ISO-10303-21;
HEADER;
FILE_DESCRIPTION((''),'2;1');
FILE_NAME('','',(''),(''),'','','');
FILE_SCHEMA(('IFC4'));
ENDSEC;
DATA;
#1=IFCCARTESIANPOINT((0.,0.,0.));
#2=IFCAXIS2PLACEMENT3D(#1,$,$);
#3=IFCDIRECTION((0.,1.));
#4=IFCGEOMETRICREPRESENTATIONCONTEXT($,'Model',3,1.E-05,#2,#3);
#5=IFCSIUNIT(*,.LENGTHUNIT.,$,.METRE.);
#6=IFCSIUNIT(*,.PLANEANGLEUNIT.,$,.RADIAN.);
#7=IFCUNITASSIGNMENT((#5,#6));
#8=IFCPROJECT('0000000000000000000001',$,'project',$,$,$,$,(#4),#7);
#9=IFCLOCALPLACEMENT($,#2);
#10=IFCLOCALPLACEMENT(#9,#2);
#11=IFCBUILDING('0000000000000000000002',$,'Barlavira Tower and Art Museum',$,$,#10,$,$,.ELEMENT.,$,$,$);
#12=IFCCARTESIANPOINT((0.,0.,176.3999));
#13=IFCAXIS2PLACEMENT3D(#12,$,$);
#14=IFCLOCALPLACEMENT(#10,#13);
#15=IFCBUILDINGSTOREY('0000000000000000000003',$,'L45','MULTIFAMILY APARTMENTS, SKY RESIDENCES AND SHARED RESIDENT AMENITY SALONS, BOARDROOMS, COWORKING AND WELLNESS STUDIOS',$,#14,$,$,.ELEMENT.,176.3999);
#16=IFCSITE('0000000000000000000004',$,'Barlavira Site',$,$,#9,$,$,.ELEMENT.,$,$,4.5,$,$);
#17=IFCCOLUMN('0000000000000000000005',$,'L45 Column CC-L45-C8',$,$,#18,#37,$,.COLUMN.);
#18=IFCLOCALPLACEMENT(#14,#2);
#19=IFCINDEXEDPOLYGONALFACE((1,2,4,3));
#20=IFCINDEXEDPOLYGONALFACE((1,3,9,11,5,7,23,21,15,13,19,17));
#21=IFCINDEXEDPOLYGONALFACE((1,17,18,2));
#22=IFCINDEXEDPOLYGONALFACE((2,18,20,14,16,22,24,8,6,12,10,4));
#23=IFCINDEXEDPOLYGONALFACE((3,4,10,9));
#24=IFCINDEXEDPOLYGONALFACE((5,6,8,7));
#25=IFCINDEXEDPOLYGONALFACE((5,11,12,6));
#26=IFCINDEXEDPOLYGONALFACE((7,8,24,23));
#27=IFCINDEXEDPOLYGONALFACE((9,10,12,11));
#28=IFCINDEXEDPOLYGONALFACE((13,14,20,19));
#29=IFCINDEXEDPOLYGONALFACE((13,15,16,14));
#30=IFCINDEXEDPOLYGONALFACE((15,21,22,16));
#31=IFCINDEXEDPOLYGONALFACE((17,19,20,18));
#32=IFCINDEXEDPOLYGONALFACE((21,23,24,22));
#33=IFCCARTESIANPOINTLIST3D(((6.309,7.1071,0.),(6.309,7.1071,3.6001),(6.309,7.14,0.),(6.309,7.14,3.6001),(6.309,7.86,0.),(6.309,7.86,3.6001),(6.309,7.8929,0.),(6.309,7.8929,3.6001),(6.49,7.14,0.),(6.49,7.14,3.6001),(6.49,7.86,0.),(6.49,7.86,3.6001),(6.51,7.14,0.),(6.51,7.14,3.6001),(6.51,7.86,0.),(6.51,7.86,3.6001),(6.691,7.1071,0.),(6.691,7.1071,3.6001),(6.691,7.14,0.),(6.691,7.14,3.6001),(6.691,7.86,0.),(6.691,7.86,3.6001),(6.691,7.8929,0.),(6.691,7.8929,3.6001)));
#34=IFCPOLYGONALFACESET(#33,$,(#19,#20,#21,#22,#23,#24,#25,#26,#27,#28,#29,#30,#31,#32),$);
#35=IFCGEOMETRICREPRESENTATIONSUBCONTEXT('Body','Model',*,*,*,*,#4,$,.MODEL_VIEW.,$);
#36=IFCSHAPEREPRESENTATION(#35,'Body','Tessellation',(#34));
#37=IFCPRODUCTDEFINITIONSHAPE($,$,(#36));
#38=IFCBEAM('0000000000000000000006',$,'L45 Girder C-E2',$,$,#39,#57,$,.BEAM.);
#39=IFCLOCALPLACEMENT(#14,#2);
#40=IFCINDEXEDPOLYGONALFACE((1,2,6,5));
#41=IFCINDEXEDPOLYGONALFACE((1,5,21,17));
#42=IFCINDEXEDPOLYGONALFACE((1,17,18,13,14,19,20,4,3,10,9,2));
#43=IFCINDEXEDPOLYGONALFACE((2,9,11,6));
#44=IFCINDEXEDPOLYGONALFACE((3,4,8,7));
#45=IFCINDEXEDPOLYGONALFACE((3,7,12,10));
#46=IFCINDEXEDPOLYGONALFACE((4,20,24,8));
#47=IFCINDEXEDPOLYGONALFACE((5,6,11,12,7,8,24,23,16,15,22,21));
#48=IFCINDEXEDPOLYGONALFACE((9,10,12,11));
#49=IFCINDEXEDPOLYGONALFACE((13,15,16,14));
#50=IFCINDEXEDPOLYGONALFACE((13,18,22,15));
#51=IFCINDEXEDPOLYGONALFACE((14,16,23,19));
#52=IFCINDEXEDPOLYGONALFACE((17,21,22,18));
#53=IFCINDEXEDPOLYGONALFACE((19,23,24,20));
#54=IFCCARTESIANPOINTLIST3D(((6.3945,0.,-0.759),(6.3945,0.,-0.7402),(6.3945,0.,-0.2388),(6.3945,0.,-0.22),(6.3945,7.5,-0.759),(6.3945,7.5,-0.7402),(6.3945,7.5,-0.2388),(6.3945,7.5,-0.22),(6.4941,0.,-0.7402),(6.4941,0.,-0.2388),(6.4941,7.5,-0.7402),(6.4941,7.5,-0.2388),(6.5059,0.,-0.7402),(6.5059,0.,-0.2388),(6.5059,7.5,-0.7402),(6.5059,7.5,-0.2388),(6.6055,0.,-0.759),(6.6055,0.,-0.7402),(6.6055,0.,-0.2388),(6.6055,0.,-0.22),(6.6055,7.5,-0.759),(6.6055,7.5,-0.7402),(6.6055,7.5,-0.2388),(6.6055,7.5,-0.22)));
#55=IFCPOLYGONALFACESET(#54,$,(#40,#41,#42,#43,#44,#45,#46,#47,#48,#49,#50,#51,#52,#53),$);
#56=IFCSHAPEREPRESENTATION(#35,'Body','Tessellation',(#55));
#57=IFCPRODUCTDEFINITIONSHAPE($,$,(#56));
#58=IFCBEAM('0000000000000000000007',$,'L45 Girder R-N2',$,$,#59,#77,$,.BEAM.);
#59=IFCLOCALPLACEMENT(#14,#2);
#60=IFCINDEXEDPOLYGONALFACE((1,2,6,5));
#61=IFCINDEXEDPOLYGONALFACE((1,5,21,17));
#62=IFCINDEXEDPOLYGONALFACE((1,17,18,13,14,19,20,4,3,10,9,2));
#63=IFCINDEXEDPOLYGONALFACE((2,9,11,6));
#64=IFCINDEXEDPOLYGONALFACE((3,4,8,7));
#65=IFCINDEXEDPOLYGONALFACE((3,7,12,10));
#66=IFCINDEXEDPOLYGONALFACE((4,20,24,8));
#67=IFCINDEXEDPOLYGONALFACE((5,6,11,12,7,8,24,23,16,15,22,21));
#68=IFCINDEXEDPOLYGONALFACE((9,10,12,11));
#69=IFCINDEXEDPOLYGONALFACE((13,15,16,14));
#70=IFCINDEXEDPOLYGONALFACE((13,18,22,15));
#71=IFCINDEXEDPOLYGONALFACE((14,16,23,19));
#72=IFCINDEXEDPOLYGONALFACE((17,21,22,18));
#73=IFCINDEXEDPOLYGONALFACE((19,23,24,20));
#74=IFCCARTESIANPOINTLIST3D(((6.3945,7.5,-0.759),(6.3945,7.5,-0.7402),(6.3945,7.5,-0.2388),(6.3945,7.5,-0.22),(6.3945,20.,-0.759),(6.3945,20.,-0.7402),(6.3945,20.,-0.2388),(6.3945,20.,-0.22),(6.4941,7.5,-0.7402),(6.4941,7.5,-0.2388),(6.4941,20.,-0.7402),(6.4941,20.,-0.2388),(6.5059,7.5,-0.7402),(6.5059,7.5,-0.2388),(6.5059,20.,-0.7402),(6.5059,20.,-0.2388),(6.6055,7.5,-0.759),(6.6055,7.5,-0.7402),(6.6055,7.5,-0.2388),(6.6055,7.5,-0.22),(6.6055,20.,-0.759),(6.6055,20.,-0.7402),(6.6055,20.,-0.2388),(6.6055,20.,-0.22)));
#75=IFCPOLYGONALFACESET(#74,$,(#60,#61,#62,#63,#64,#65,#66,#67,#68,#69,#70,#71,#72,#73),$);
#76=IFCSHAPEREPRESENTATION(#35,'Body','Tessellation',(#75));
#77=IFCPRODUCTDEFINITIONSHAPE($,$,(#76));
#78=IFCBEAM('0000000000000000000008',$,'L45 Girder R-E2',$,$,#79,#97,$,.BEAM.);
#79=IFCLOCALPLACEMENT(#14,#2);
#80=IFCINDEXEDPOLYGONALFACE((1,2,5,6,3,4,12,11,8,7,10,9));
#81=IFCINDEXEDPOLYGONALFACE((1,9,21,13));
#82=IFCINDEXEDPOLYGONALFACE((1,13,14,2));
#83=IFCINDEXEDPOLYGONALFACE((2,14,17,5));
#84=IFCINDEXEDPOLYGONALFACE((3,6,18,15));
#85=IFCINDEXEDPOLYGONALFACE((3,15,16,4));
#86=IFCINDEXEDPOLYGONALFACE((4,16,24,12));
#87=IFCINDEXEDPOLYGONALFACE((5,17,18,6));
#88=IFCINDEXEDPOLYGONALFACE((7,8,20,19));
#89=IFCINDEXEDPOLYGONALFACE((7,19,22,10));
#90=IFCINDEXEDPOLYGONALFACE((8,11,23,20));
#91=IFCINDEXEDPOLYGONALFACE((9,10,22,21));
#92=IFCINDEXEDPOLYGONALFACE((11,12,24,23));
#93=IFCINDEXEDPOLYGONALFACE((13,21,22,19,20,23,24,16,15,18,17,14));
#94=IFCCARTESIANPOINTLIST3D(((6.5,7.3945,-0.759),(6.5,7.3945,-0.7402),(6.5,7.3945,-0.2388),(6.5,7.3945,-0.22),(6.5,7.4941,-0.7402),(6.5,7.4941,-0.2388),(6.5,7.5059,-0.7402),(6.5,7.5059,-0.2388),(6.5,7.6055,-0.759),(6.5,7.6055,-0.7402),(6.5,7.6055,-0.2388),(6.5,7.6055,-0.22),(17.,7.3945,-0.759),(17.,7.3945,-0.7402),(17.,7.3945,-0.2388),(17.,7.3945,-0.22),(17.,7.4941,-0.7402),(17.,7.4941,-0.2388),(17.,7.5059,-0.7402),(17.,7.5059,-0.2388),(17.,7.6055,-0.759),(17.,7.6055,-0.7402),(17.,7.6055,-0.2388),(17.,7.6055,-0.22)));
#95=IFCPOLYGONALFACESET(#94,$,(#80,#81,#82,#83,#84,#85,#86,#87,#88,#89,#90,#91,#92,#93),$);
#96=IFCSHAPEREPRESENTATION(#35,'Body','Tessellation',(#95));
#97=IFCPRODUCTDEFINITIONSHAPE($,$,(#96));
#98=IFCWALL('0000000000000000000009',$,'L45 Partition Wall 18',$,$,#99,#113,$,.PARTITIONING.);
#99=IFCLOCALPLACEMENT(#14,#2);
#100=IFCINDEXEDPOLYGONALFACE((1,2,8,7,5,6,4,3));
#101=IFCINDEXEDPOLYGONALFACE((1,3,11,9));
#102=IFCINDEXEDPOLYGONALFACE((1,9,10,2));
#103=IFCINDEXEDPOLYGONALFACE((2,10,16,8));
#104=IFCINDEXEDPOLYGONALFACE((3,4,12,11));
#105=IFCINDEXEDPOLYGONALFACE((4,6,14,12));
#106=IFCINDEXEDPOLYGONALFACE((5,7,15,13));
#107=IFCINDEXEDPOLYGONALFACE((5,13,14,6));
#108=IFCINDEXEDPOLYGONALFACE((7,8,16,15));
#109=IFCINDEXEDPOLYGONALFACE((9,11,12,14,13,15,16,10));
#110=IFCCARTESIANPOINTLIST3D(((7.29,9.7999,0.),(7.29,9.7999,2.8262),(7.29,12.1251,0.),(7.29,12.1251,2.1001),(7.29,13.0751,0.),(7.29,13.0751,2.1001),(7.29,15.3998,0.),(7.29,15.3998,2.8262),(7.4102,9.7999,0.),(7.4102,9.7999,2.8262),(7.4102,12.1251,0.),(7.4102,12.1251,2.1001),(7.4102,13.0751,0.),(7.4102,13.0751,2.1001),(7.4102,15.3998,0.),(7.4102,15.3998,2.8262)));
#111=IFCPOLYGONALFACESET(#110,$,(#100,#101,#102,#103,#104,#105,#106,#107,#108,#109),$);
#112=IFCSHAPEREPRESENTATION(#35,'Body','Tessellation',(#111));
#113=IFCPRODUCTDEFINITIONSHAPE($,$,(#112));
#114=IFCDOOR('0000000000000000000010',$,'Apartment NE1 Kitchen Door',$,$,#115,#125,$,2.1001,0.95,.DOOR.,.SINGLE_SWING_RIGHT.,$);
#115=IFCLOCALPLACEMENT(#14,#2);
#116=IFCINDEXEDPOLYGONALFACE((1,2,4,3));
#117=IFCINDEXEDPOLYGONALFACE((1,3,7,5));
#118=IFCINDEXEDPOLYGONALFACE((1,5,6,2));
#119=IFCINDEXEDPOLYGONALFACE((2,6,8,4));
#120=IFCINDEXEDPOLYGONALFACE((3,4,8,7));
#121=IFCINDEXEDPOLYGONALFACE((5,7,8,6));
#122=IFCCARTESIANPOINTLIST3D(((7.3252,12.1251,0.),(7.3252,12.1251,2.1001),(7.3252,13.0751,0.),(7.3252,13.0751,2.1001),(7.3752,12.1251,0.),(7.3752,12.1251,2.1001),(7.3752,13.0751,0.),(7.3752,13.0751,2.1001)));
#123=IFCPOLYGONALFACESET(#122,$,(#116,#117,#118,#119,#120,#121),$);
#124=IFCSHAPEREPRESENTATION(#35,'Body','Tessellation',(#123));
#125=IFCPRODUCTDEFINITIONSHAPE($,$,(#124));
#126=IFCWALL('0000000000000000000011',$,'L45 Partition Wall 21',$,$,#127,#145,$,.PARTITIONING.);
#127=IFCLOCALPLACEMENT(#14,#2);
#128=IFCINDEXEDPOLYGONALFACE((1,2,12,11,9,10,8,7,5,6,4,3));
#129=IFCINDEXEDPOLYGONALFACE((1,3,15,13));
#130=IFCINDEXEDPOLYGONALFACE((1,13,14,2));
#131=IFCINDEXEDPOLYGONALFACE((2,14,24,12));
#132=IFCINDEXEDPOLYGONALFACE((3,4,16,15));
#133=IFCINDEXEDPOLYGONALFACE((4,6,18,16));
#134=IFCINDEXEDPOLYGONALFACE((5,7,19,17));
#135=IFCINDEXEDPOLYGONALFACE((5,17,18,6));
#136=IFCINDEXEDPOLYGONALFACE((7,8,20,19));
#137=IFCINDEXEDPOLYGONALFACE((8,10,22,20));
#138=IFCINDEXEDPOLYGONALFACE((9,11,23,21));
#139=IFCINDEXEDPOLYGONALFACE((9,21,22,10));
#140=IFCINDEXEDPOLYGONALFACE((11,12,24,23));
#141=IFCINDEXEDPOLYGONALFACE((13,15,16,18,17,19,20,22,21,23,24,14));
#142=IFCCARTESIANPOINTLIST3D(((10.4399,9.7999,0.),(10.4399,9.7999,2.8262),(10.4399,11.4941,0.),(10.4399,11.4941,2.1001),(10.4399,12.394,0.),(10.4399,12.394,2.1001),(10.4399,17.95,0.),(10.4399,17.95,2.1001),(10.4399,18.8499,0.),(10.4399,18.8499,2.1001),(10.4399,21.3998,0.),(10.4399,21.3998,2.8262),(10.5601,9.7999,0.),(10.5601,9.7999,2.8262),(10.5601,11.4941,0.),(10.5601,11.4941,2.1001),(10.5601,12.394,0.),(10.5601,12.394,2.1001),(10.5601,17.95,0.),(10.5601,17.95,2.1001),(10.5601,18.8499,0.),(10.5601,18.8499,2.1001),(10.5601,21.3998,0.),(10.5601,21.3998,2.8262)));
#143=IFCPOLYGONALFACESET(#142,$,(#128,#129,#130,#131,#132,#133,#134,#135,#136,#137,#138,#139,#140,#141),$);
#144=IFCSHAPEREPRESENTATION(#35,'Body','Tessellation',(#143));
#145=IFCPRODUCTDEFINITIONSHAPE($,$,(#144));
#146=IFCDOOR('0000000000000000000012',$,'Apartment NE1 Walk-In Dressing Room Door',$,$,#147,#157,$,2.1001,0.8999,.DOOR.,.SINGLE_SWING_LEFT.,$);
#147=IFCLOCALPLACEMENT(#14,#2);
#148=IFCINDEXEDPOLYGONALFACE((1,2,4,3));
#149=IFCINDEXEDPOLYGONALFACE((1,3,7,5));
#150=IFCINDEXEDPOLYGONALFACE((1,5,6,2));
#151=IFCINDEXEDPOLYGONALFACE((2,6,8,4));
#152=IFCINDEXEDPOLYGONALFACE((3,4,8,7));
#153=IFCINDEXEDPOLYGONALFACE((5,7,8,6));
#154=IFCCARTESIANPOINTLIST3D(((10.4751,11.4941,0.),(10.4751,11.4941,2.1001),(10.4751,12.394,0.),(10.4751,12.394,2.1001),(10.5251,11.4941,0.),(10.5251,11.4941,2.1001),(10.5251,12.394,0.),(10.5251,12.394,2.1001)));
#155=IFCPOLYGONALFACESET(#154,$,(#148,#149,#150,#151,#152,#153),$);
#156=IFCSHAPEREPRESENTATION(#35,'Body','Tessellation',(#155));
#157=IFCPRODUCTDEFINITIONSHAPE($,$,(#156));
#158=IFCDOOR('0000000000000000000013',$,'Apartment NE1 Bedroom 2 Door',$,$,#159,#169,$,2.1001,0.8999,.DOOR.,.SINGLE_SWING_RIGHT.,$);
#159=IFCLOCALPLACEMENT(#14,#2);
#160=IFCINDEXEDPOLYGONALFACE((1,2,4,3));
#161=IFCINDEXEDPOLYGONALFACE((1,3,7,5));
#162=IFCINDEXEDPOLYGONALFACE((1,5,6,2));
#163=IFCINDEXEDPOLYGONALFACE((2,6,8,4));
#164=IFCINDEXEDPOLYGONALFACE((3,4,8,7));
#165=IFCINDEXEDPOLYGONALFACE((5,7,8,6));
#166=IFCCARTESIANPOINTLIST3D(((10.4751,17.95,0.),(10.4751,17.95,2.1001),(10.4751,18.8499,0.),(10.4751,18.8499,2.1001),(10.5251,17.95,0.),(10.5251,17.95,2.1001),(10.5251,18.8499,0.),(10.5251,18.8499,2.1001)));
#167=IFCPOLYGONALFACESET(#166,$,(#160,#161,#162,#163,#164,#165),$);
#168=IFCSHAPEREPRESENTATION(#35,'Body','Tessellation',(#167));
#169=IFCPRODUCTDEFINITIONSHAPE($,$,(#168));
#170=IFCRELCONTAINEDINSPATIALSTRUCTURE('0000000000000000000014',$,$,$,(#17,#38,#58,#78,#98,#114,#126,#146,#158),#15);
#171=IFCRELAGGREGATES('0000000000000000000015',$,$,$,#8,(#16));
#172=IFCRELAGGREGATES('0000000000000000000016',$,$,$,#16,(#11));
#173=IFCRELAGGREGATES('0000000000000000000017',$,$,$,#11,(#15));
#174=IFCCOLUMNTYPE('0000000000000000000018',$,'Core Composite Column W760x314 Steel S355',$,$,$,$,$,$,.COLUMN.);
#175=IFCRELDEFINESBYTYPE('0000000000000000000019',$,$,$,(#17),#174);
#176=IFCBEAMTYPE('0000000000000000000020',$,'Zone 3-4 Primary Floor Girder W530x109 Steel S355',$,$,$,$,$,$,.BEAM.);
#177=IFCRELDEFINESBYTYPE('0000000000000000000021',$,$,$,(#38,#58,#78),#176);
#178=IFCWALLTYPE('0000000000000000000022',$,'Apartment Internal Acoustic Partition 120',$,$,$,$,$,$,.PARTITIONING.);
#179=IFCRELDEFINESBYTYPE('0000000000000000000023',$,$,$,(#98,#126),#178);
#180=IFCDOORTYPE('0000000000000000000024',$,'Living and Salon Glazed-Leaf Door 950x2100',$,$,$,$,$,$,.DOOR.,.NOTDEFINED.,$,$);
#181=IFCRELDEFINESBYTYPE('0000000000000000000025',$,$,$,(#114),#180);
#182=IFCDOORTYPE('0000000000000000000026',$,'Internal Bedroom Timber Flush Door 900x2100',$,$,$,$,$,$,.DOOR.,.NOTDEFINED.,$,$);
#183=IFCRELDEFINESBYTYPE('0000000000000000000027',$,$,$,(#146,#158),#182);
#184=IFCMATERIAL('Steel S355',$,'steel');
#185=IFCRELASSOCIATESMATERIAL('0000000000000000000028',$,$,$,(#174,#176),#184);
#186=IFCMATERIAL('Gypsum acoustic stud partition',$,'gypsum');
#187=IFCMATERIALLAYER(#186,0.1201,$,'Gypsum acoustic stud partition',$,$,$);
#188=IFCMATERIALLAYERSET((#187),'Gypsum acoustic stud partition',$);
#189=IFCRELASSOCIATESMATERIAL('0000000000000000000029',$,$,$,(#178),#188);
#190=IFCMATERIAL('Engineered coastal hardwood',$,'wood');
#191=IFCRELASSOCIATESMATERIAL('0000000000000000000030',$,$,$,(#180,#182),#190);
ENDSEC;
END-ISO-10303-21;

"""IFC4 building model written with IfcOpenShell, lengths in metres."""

from ifc_helpers import new_model, si_unit, direction, frame, frame_2d, origin, origin_2d, place, context, subcontext, project, spatial, rectangle, i_section, extrude, material, layer, layer_set, material_profile, profile_set, type_object, element, fill, save


model = new_model("IFC4")

# Units and contexts
model_context = context("Model", 3, precision=1e-05, world=origin(), true_north=direction((0.0, 1.0)))
body_context = subcontext(model_context, "Body", "Model", "MODEL_VIEW")
ifc_project = project(units=[si_unit("LENGTHUNIT", "METRE"), si_unit("PLANEANGLEUNIT", "RADIAN")], contexts=[model_context])

# Site, building, storey
site_placement = place(None, origin())
site = spatial("IfcSite", under=ifc_project, at=site_placement, Name="Barlavira Site", CompositionType="ELEMENT", RefElevation=4.5)
building_placement = place(site_placement, origin())
building = spatial("IfcBuilding", under=site, at=building_placement, Name="Barlavira Tower and Art Museum", CompositionType="ELEMENT")
storey_placement = place(building_placement, frame((0.0, 0.0, 176.3999)))
storey = spatial("IfcBuildingStorey", under=building, at=storey_placement, Name="L45", Description="MULTIFAMILY APARTMENTS, SKY RESIDENCES AND SHARED RESIDENT AMENITY SALONS, BOARDROOMS, COWORKING AND WELLNESS STUDIOS", CompositionType="ELEMENT", Elevation=176.3999)

# Column
ifc_material_1 = material(Name="Steel S355", Category="steel")
ifc_material_profile_1 = material_profile(ifc_material_1, i_section(OverallWidth=0.3821, OverallDepth=0.7859, WebThickness=0.02, FlangeThickness=0.033, at=origin_2d()), Name="W760x314.0")
ifc_profile_set_1 = profile_set([ifc_material_profile_1], Name="Steel S355")
column_type = type_object("IfcColumnType", Name="Core Composite Column W760x314 Steel S355", PredefinedType="COLUMN", material=ifc_profile_set_1)
column_placement = place(storey_placement, frame((6.5, 7.5, 0.0), z_axis=(0.0, 0.0, 1.0), x_axis=(1.0, 0.0, 0.0)))
element("IfcColumn", 1, at=column_placement, inside=storey, type_object=column_type, Name="L45 Column CC-L45-C8", PredefinedType="COLUMN", context=body_context, shape_type="SweptSolid", body=[
    extrude(i_section(OverallWidth=0.3821, OverallDepth=0.7859, WebThickness=0.02, FlangeThickness=0.033, at=origin_2d()), origin(), (0.0, 0.0, 1.0), 3.6001),
])

# Beams
ifc_material_profile_2 = material_profile(ifc_material_1, i_section(OverallWidth=0.2109, OverallDepth=0.5391, WebThickness=0.0117, FlangeThickness=0.0188, at=origin_2d()), Name="W530x109.0")
ifc_profile_set_2 = profile_set([ifc_material_profile_2], Name="Steel S355")
beam_type = type_object("IfcBeamType", Name="Zone 3-4 Primary Floor Girder W530x109 Steel S355", PredefinedType="BEAM", material=ifc_profile_set_2)
beam_1_placement = place(storey_placement, frame((6.5, 0.0, -0.4895), z_axis=(0.0, 1.0, 0.0), x_axis=(-1.0, 0.0, 0.0)))
element("IfcBeam", 2, at=beam_1_placement, inside=storey, type_object=beam_type, Name="L45 Girder C-E2", PredefinedType="BEAM", context=body_context, shape_type="SweptSolid", body=[
    extrude(i_section(OverallWidth=0.2109, OverallDepth=0.5391, WebThickness=0.0117, FlangeThickness=0.0188, at=origin_2d()), origin(), (0.0, 0.0, 1.0), 7.5),
])
beam_2_placement = place(storey_placement, frame((6.5, 7.5, -0.4895), z_axis=(0.0, 1.0, 0.0), x_axis=(-1.0, 0.0, 0.0)))
element("IfcBeam", 3, at=beam_2_placement, inside=storey, type_object=beam_type, Name="L45 Girder R-N2", PredefinedType="BEAM", context=body_context, shape_type="SweptSolid", body=[
    extrude(i_section(OverallWidth=0.2109, OverallDepth=0.5391, WebThickness=0.0117, FlangeThickness=0.0188, at=origin_2d()), origin(), (0.0, 0.0, 1.0), 12.5),
])
beam_3_placement = place(storey_placement, frame((6.5, 7.5, -0.4895), z_axis=(1.0, 0.0, 0.0), x_axis=(0.0, 1.0, 0.0)))
element("IfcBeam", 4, at=beam_3_placement, inside=storey, type_object=beam_type, Name="L45 Girder R-E2", PredefinedType="BEAM", context=body_context, shape_type="SweptSolid", body=[
    extrude(i_section(OverallWidth=0.2109, OverallDepth=0.5391, WebThickness=0.0117, FlangeThickness=0.0188, at=origin_2d()), origin(), (0.0, 0.0, 1.0), 10.5),
])

# Wall, opening, door
ifc_material_2 = material(Name="Gypsum acoustic stud partition", Category="gypsum")
ifc_layer_1 = layer(ifc_material_2, 0.1201, Name="Gypsum acoustic stud partition")
ifc_layer_set_1 = layer_set([ifc_layer_1], Name="Gypsum acoustic stud partition")
wall_type_1 = type_object("IfcWallType", Name="Apartment Internal Acoustic Partition 120", PredefinedType="PARTITIONING", material=ifc_layer_set_1)
wall_1_placement = place(storey_placement, frame((7.3501, 9.8, 0.0), z_axis=(0.0, 0.0, 1.0), x_axis=(0.0, 1.0, 0.0)))
wall_1 = element("IfcWall", 5, at=wall_1_placement, inside=storey, type_object=wall_type_1, Name="L45 Partition Wall 18", PredefinedType="PARTITIONING", context=body_context, shape_type="SweptSolid", body=[
    extrude(rectangle(XDim=5.5999, YDim=0.1201, at=frame_2d((2.7998, 0.0))), origin(), (0.0, 0.0, 1.0), 2.8262),
])
opening_1_placement = place(wall_1_placement, frame((2.325, 0.0, 0.0)))
opening_1 = element("IfcOpeningElement", 6, at=opening_1_placement, cuts=wall_1, PredefinedType="OPENING", context=body_context, shape_type="SweptSolid", body=[
    extrude(rectangle(XDim=0.95, YDim=2.1001, at=frame_2d((0.4751, 1.05))), frame((0.0, 0.0701, 0.0), z_axis=(0.0, -1.0, 0.0), x_axis=(1.0, 0.0, 0.0)), (0.0, 0.0, 1.0), 0.1401),
])
ifc_material_3 = material(Name="Engineered coastal hardwood", Category="wood")
door_type_1 = type_object("IfcDoorType", Name="Living and Salon Glazed-Leaf Door 950x2100", OperationType="NOTDEFINED", PredefinedType="DOOR", material=ifc_material_3)
door_1_placement = place(opening_1_placement, origin())
door_1 = element("IfcDoor", 7, at=door_1_placement, inside=storey, type_object=door_type_1, Name="Apartment NE1 Kitchen Door", OperationType="SINGLE_SWING_RIGHT", OverallHeight=2.1001, OverallWidth=0.95, PredefinedType="DOOR", context=body_context, shape_type="SweptSolid", body=[
    extrude(rectangle(XDim=0.95, YDim=2.1001, at=frame_2d((0.4751, 1.05))), frame((0.0, 0.0249, 0.0), z_axis=(0.0, -1.0, 0.0), x_axis=(1.0, 0.0, 0.0)), (0.0, 0.0, 1.0), 0.05),
])
fill(opening_1, door_1)

# Wall, openings, doors
wall_2_placement = place(storey_placement, frame((10.5, 9.8, 0.0), z_axis=(0.0, 0.0, 1.0), x_axis=(0.0, 1.0, 0.0)))
wall_2 = element("IfcWall", 8, at=wall_2_placement, inside=storey, type_object=wall_type_1, Name="L45 Partition Wall 21", PredefinedType="PARTITIONING", context=body_context, shape_type="SweptSolid", body=[
    extrude(rectangle(XDim=11.5999, YDim=0.1201, at=frame_2d((5.7998, 0.0))), origin(), (0.0, 0.0, 1.0), 2.8262),
])
opening_2_placement = place(wall_2_placement, frame((1.6941, 0.0, 0.0)))
opening_2 = element("IfcOpeningElement", 9, at=opening_2_placement, cuts=wall_2, PredefinedType="OPENING", context=body_context, shape_type="SweptSolid", body=[
    extrude(rectangle(XDim=0.8999, YDim=2.1001, at=frame_2d((0.45, 1.05))), frame((0.0, 0.0701, 0.0), z_axis=(0.0, -1.0, 0.0), x_axis=(1.0, 0.0, 0.0)), (0.0, 0.0, 1.0), 0.1401),
])
opening_3_placement = place(wall_2_placement, frame((8.1499, 0.0, 0.0)))
opening_3 = element("IfcOpeningElement", 10, at=opening_3_placement, cuts=wall_2, PredefinedType="OPENING", context=body_context, shape_type="SweptSolid", body=[
    extrude(rectangle(XDim=0.8999, YDim=2.1001, at=frame_2d((0.45, 1.05))), frame((0.0, 0.0701, 0.0), z_axis=(0.0, -1.0, 0.0), x_axis=(1.0, 0.0, 0.0)), (0.0, 0.0, 1.0), 0.1401),
])
door_type_2 = type_object("IfcDoorType", Name="Internal Bedroom Timber Flush Door 900x2100", OperationType="NOTDEFINED", PredefinedType="DOOR", material=ifc_material_3)
door_2_placement = place(opening_2_placement, origin())
door_2 = element("IfcDoor", 11, at=door_2_placement, inside=storey, type_object=door_type_2, Name="Apartment NE1 Walk-In Dressing Room Door", OperationType="SINGLE_SWING_LEFT", OverallHeight=2.1001, OverallWidth=0.8999, PredefinedType="DOOR", context=body_context, shape_type="SweptSolid", body=[
    extrude(rectangle(XDim=0.8999, YDim=2.1001, at=frame_2d((0.45, 1.05))), frame((0.0, 0.0249, 0.0), z_axis=(0.0, -1.0, 0.0), x_axis=(1.0, 0.0, 0.0)), (0.0, 0.0, 1.0), 0.05),
])
fill(opening_2, door_2)
door_3_placement = place(opening_3_placement, origin())
door_3 = element("IfcDoor", 12, at=door_3_placement, inside=storey, type_object=door_type_2, Name="Apartment NE1 Bedroom 2 Door", OperationType="SINGLE_SWING_RIGHT", OverallHeight=2.1001, OverallWidth=0.8999, PredefinedType="DOOR", context=body_context, shape_type="SweptSolid", body=[
    extrude(rectangle(XDim=0.8999, YDim=2.1001, at=frame_2d((0.45, 1.05))), frame((0.0, 0.0249, 0.0), z_axis=(0.0, -1.0, 0.0), x_axis=(1.0, 0.0, 0.0)), (0.0, 0.0, 1.0), 0.05),
])
fill(opening_3, door_3)

save(model, "model.ifc")
